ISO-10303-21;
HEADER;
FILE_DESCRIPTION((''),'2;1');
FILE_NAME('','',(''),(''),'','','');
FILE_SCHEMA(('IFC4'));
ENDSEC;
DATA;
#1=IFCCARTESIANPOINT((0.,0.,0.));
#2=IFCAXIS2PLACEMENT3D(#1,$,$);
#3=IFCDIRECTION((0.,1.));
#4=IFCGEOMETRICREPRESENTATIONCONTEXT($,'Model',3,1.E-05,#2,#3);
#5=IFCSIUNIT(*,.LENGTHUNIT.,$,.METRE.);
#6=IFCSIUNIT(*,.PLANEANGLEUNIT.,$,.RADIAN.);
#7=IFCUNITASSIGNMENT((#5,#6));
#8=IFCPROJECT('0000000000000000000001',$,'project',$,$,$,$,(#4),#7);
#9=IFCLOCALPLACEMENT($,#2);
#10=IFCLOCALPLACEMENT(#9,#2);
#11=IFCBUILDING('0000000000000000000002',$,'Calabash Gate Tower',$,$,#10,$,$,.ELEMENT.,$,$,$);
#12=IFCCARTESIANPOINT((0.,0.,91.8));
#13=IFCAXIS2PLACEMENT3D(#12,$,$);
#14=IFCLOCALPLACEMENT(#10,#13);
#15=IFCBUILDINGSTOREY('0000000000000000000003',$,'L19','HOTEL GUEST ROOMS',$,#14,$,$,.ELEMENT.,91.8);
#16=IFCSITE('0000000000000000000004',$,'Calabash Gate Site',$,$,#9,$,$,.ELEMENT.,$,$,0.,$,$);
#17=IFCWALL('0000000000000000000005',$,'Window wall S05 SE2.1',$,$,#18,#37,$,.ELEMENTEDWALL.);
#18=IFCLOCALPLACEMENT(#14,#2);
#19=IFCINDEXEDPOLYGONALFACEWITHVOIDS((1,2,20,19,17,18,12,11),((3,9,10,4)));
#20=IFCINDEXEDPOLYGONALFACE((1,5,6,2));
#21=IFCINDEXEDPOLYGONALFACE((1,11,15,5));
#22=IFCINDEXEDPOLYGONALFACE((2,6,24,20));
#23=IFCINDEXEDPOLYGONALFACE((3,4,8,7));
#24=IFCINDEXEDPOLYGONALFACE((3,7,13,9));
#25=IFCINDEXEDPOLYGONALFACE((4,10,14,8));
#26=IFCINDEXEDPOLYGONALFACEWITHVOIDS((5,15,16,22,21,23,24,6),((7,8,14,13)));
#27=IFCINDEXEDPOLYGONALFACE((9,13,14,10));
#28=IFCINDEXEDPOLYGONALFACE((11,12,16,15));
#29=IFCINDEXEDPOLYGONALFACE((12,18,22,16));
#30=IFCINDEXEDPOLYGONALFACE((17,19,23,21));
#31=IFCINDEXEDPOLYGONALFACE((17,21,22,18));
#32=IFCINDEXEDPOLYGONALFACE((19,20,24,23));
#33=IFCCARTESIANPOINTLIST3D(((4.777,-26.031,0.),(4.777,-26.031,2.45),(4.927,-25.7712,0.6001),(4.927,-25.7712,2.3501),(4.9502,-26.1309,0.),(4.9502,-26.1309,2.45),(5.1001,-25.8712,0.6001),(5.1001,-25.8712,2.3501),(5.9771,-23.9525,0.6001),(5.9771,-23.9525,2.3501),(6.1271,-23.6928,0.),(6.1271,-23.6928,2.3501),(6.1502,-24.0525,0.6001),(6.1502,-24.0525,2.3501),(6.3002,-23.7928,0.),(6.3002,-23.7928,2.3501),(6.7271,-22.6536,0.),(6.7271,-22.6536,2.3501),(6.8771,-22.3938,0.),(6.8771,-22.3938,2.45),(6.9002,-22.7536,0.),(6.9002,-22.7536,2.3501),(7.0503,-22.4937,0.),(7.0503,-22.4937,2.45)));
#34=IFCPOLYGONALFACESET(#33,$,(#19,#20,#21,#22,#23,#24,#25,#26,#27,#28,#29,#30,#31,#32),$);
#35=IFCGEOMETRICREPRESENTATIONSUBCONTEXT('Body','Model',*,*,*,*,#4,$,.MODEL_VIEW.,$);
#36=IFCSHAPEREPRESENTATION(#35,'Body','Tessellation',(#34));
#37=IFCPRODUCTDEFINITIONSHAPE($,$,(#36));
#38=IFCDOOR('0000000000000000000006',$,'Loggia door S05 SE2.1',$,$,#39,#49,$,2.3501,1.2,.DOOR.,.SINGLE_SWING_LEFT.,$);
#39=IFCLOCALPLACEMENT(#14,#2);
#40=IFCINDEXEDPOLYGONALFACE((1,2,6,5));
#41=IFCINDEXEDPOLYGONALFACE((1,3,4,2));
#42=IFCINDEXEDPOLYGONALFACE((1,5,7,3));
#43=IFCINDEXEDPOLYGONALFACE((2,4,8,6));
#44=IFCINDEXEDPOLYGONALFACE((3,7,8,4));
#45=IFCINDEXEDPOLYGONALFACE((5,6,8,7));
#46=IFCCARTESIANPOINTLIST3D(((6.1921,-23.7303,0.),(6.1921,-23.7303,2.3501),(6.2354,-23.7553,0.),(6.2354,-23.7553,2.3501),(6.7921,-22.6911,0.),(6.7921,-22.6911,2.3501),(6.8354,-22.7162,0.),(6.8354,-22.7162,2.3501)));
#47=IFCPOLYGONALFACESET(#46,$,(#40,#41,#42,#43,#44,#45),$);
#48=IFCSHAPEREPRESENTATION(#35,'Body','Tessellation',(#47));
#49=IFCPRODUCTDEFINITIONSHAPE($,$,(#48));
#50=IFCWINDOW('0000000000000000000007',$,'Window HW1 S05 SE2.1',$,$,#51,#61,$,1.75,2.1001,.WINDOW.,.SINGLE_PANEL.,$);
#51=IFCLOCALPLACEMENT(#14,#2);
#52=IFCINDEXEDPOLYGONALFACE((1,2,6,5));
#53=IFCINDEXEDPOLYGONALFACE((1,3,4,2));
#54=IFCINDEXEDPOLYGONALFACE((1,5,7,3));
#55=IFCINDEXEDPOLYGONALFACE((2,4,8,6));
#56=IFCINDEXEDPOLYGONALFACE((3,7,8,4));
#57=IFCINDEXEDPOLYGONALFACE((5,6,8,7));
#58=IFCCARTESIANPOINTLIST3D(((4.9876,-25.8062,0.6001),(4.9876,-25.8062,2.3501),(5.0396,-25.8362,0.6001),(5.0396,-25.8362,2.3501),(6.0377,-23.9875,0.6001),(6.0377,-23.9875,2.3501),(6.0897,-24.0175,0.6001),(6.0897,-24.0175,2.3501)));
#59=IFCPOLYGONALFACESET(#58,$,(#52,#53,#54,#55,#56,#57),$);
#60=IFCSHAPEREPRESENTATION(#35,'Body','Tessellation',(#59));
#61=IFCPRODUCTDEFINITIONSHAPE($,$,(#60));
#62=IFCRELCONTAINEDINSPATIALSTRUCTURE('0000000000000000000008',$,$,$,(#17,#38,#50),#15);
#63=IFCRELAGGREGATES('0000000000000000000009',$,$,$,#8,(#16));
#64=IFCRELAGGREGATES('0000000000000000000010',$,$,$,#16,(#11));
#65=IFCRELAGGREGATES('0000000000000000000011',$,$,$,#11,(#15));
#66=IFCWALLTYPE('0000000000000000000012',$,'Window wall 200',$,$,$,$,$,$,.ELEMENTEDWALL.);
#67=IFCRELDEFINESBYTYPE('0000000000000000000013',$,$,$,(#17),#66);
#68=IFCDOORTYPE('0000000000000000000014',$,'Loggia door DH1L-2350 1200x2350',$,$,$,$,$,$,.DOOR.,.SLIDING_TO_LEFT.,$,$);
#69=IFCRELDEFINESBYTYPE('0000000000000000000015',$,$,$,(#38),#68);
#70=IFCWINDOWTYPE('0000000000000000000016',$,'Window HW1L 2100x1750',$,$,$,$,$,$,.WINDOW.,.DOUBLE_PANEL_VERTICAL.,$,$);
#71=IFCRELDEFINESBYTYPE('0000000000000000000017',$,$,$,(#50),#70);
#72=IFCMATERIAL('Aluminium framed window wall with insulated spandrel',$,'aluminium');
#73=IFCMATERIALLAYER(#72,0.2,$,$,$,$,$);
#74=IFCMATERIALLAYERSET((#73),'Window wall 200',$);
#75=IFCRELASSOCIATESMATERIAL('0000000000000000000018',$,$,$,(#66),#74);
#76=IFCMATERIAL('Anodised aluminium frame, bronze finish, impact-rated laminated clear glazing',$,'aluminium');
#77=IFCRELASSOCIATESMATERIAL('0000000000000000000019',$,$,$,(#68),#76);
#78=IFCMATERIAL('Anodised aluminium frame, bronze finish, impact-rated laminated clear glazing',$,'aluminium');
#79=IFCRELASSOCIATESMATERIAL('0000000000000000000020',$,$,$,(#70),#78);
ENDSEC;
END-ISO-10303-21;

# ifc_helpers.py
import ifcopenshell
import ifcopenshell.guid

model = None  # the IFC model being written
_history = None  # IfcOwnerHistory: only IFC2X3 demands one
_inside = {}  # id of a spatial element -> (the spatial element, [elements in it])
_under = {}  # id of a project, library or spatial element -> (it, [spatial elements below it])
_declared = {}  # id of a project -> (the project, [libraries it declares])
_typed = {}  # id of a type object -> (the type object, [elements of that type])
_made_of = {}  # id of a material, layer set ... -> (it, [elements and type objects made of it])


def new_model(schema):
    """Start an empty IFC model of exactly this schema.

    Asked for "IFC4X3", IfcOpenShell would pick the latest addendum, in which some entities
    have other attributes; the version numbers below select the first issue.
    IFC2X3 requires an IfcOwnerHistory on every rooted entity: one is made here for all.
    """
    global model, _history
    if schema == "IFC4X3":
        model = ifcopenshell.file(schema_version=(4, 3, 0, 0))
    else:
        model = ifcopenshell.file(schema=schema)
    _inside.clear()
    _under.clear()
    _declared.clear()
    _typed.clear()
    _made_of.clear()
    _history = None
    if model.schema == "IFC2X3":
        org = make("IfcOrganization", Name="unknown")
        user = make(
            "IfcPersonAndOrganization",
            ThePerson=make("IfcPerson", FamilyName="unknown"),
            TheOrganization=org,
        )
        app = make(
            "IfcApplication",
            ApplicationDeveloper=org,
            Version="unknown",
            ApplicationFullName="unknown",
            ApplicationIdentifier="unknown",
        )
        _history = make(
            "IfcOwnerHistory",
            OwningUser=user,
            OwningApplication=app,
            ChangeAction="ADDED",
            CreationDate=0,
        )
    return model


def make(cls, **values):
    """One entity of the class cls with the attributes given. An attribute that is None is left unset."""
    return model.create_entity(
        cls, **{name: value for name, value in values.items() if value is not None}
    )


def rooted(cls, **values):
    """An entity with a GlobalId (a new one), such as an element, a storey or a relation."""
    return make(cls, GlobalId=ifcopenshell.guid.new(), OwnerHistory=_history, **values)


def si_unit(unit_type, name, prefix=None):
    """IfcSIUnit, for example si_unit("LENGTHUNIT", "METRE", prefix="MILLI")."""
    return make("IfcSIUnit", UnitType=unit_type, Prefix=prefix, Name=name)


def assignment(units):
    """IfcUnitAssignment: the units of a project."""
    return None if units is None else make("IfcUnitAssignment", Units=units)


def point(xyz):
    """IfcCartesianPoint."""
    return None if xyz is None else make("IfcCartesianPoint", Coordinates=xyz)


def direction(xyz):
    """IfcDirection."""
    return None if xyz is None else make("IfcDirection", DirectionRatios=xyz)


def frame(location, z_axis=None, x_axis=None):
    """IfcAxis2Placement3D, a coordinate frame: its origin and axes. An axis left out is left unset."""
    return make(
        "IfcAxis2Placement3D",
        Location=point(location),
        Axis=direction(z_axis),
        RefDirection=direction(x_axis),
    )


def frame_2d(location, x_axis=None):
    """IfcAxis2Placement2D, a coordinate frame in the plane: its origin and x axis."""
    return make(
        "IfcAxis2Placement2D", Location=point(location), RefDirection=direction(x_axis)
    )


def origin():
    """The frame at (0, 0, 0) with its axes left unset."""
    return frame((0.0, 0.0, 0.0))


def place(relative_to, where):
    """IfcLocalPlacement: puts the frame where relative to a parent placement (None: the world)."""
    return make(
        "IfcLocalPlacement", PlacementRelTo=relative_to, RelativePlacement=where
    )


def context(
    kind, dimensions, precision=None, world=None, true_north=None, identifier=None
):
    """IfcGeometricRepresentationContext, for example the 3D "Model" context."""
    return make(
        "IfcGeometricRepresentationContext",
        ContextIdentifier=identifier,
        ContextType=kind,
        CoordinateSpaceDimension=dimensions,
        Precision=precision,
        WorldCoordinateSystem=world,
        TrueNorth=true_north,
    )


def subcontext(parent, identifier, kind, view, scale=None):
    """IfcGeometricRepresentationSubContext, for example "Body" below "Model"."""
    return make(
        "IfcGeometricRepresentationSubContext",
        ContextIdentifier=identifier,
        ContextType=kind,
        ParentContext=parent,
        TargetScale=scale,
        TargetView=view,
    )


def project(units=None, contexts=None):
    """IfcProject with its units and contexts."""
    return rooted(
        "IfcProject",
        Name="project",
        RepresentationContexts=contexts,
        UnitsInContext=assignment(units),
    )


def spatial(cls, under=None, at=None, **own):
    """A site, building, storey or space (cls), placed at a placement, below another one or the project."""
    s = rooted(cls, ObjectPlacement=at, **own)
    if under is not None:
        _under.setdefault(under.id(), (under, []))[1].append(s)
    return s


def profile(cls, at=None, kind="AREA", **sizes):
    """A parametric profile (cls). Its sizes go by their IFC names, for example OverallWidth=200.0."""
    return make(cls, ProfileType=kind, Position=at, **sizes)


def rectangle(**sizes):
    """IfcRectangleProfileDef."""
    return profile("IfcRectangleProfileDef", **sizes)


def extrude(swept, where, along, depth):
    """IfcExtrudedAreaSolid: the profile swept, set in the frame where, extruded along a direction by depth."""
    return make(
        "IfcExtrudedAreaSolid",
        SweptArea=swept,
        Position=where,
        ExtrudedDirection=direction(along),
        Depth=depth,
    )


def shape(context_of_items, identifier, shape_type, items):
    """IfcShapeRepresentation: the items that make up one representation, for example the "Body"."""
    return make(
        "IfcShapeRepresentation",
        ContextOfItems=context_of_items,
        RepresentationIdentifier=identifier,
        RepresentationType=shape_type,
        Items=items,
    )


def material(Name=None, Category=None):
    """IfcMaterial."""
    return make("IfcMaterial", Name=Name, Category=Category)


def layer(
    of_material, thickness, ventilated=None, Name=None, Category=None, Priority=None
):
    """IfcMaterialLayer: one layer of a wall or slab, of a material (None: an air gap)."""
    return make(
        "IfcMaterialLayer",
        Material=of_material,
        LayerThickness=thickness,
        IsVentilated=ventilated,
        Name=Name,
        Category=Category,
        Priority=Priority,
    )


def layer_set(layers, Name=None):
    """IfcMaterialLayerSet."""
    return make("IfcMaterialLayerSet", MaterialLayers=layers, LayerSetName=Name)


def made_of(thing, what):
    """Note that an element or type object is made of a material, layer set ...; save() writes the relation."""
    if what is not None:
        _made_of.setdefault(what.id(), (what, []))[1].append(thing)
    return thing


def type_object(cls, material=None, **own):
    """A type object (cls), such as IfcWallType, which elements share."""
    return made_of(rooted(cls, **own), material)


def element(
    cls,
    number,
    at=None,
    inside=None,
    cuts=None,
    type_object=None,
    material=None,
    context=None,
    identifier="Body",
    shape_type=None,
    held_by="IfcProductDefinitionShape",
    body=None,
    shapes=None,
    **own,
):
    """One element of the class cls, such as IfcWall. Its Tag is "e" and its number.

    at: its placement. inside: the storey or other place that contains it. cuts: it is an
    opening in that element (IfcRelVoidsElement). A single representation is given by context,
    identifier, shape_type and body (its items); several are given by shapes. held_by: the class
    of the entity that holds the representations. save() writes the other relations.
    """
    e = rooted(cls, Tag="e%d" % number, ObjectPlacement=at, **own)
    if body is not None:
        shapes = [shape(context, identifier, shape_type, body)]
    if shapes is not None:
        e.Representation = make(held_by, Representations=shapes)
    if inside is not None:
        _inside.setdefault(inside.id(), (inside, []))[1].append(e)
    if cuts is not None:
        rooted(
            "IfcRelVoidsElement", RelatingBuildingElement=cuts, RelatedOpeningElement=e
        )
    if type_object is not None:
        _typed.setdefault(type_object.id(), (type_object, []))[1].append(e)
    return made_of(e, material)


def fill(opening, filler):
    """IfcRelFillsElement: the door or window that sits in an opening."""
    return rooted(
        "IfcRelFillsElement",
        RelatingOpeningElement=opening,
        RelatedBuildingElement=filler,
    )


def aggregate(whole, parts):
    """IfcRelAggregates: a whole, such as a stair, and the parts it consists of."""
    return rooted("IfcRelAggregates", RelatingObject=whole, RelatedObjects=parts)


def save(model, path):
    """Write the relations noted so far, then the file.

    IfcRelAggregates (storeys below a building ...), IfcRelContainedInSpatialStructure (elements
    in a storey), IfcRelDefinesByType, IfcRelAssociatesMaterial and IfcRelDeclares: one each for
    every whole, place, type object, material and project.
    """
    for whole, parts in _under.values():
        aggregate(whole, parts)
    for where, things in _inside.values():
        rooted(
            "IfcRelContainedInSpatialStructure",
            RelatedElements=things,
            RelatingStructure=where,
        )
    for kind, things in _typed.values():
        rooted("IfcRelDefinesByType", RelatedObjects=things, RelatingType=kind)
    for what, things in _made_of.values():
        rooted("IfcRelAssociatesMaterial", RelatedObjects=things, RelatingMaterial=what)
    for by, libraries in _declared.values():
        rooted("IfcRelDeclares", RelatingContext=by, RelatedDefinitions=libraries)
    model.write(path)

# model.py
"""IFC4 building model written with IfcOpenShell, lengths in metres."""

from ifc_helpers import new_model, si_unit, direction, frame, frame_2d, origin, place, context, subcontext, project, spatial, rectangle, extrude, material, layer, layer_set, type_object, element, fill, save


model = new_model("IFC4")

# Units and contexts
model_context = context("Model", 3, precision=1e-05, world=origin(), true_north=direction((0.0, 1.0)))
body_context = subcontext(model_context, "Body", "Model", "MODEL_VIEW")
ifc_project = project(units=[si_unit("LENGTHUNIT", "METRE"), si_unit("PLANEANGLEUNIT", "RADIAN")], contexts=[model_context])

# Site, building, storey
site_placement = place(None, origin())
site = spatial("IfcSite", under=ifc_project, at=site_placement, Name="Calabash Gate Site", CompositionType="ELEMENT", RefElevation=0.0)
building_placement = place(site_placement, origin())
building = spatial("IfcBuilding", under=site, at=building_placement, Name="Calabash Gate Tower", CompositionType="ELEMENT")
storey_placement = place(building_placement, frame((0.0, 0.0, 91.8)))
storey = spatial("IfcBuildingStorey", under=building, at=storey_placement, Name="L19", Description="HOTEL GUEST ROOMS", CompositionType="ELEMENT", Elevation=91.8)

# Wall, openings, door, window
ifc_material_1 = material(Name="Aluminium framed window wall with insulated spandrel", Category="aluminium")
ifc_layer_1 = layer(ifc_material_1, 0.2)
ifc_layer_set_1 = layer_set([ifc_layer_1], Name="Window wall 200")
wall_type_1 = type_object("IfcWallType", Name="Window wall 200", PredefinedType="ELEMENTEDWALL", material=ifc_layer_set_1)
wall_1_placement = place(storey_placement, frame((4.8635, -26.0811, 0.0), z_axis=(0.0, 0.0, 1.0), x_axis=(0.500028, 0.866009, 0.0)))
wall_1 = element("IfcWall", 1, at=wall_1_placement, inside=storey, type_object=wall_type_1, Name="Window wall S05 SE2.1", PredefinedType="ELEMENTEDWALL", context=body_context, shape_type="SweptSolid", body=[
    extrude(rectangle(XDim=4.2, YDim=0.2, at=frame_2d((2.1001, 0.0))), origin(), (0.0, 0.0, 1.0), 2.45),
])
opening_1_placement = place(wall_1_placement, frame((0.3, 0.0, 0.6001)))
opening_1 = element("IfcOpeningElement", 2, at=opening_1_placement, cuts=wall_1, PredefinedType="OPENING", context=body_context, shape_type="SweptSolid", body=[
    extrude(rectangle(XDim=2.1001, YDim=1.75, at=frame_2d((1.05, 0.875))), frame((0.0, 0.1099, 0.0), z_axis=(0.0, -1.0, 0.0), x_axis=(1.0, 0.0, 0.0)), (0.0, 0.0, 1.0), 0.22),
])
opening_2_placement = place(wall_1_placement, frame((2.7, 0.0, 0.0)))
opening_2 = element("IfcOpeningElement", 3, at=opening_2_placement, cuts=wall_1, PredefinedType="OPENING", context=body_context, shape_type="SweptSolid", body=[
    extrude(rectangle(XDim=1.2, YDim=2.3501, at=frame_2d((0.6001, 1.175))), frame((0.0, 0.1099, 0.0), z_axis=(0.0, -1.0, 0.0), x_axis=(1.0, 0.0, 0.0)), (0.0, 0.0, 1.0), 0.22),
])
ifc_material_2 = material(Name="Anodised aluminium frame, bronze finish, impact-rated laminated clear glazing", Category="aluminium")
door_type_1 = type_object("IfcDoorType", Name="Loggia door DH1L-2350 1200x2350", OperationType="SLIDING_TO_LEFT", PredefinedType="DOOR", material=ifc_material_2)
door_1_placement = place(opening_2_placement, origin())
door_1 = element("IfcDoor", 4, at=door_1_placement, inside=storey, type_object=door_type_1, Name="Loggia door S05 SE2.1", OperationType="SINGLE_SWING_LEFT", OverallHeight=2.3501, OverallWidth=1.2, PredefinedType="DOOR", context=body_context, shape_type="SweptSolid", body=[
    extrude(rectangle(XDim=1.2, YDim=2.3501, at=frame_2d((0.6001, 1.175))), frame((0.0, 0.0249, 0.0), z_axis=(0.0, -1.0, 0.0), x_axis=(1.0, 0.0, 0.0)), (0.0, 0.0, 1.0), 0.05),
])
fill(opening_2, door_1)
ifc_material_3 = material(Name="Anodised aluminium frame, bronze finish, impact-rated laminated clear glazing", Category="aluminium")
window_type_1 = type_object("IfcWindowType", Name="Window HW1L 2100x1750", PartitioningType="DOUBLE_PANEL_VERTICAL", PredefinedType="WINDOW", material=ifc_material_3)
window_1_placement = place(opening_1_placement, origin())
window_1 = element("IfcWindow", 5, at=window_1_placement, inside=storey, type_object=window_type_1, Name="Window HW1 S05 SE2.1", OverallHeight=1.75, OverallWidth=2.1001, PartitioningType="SINGLE_PANEL", PredefinedType="WINDOW", context=body_context, shape_type="SweptSolid", body=[
    extrude(rectangle(XDim=2.1001, YDim=1.75, at=frame_2d((1.05, 0.875))), frame((0.0, 0.03, 0.0), z_axis=(0.0, -1.0, 0.0), x_axis=(1.0, 0.0, 0.0)), (0.0, 0.0, 1.0), 0.0601),
])
fill(opening_1, window_1)

save(model, "model.ifc")
